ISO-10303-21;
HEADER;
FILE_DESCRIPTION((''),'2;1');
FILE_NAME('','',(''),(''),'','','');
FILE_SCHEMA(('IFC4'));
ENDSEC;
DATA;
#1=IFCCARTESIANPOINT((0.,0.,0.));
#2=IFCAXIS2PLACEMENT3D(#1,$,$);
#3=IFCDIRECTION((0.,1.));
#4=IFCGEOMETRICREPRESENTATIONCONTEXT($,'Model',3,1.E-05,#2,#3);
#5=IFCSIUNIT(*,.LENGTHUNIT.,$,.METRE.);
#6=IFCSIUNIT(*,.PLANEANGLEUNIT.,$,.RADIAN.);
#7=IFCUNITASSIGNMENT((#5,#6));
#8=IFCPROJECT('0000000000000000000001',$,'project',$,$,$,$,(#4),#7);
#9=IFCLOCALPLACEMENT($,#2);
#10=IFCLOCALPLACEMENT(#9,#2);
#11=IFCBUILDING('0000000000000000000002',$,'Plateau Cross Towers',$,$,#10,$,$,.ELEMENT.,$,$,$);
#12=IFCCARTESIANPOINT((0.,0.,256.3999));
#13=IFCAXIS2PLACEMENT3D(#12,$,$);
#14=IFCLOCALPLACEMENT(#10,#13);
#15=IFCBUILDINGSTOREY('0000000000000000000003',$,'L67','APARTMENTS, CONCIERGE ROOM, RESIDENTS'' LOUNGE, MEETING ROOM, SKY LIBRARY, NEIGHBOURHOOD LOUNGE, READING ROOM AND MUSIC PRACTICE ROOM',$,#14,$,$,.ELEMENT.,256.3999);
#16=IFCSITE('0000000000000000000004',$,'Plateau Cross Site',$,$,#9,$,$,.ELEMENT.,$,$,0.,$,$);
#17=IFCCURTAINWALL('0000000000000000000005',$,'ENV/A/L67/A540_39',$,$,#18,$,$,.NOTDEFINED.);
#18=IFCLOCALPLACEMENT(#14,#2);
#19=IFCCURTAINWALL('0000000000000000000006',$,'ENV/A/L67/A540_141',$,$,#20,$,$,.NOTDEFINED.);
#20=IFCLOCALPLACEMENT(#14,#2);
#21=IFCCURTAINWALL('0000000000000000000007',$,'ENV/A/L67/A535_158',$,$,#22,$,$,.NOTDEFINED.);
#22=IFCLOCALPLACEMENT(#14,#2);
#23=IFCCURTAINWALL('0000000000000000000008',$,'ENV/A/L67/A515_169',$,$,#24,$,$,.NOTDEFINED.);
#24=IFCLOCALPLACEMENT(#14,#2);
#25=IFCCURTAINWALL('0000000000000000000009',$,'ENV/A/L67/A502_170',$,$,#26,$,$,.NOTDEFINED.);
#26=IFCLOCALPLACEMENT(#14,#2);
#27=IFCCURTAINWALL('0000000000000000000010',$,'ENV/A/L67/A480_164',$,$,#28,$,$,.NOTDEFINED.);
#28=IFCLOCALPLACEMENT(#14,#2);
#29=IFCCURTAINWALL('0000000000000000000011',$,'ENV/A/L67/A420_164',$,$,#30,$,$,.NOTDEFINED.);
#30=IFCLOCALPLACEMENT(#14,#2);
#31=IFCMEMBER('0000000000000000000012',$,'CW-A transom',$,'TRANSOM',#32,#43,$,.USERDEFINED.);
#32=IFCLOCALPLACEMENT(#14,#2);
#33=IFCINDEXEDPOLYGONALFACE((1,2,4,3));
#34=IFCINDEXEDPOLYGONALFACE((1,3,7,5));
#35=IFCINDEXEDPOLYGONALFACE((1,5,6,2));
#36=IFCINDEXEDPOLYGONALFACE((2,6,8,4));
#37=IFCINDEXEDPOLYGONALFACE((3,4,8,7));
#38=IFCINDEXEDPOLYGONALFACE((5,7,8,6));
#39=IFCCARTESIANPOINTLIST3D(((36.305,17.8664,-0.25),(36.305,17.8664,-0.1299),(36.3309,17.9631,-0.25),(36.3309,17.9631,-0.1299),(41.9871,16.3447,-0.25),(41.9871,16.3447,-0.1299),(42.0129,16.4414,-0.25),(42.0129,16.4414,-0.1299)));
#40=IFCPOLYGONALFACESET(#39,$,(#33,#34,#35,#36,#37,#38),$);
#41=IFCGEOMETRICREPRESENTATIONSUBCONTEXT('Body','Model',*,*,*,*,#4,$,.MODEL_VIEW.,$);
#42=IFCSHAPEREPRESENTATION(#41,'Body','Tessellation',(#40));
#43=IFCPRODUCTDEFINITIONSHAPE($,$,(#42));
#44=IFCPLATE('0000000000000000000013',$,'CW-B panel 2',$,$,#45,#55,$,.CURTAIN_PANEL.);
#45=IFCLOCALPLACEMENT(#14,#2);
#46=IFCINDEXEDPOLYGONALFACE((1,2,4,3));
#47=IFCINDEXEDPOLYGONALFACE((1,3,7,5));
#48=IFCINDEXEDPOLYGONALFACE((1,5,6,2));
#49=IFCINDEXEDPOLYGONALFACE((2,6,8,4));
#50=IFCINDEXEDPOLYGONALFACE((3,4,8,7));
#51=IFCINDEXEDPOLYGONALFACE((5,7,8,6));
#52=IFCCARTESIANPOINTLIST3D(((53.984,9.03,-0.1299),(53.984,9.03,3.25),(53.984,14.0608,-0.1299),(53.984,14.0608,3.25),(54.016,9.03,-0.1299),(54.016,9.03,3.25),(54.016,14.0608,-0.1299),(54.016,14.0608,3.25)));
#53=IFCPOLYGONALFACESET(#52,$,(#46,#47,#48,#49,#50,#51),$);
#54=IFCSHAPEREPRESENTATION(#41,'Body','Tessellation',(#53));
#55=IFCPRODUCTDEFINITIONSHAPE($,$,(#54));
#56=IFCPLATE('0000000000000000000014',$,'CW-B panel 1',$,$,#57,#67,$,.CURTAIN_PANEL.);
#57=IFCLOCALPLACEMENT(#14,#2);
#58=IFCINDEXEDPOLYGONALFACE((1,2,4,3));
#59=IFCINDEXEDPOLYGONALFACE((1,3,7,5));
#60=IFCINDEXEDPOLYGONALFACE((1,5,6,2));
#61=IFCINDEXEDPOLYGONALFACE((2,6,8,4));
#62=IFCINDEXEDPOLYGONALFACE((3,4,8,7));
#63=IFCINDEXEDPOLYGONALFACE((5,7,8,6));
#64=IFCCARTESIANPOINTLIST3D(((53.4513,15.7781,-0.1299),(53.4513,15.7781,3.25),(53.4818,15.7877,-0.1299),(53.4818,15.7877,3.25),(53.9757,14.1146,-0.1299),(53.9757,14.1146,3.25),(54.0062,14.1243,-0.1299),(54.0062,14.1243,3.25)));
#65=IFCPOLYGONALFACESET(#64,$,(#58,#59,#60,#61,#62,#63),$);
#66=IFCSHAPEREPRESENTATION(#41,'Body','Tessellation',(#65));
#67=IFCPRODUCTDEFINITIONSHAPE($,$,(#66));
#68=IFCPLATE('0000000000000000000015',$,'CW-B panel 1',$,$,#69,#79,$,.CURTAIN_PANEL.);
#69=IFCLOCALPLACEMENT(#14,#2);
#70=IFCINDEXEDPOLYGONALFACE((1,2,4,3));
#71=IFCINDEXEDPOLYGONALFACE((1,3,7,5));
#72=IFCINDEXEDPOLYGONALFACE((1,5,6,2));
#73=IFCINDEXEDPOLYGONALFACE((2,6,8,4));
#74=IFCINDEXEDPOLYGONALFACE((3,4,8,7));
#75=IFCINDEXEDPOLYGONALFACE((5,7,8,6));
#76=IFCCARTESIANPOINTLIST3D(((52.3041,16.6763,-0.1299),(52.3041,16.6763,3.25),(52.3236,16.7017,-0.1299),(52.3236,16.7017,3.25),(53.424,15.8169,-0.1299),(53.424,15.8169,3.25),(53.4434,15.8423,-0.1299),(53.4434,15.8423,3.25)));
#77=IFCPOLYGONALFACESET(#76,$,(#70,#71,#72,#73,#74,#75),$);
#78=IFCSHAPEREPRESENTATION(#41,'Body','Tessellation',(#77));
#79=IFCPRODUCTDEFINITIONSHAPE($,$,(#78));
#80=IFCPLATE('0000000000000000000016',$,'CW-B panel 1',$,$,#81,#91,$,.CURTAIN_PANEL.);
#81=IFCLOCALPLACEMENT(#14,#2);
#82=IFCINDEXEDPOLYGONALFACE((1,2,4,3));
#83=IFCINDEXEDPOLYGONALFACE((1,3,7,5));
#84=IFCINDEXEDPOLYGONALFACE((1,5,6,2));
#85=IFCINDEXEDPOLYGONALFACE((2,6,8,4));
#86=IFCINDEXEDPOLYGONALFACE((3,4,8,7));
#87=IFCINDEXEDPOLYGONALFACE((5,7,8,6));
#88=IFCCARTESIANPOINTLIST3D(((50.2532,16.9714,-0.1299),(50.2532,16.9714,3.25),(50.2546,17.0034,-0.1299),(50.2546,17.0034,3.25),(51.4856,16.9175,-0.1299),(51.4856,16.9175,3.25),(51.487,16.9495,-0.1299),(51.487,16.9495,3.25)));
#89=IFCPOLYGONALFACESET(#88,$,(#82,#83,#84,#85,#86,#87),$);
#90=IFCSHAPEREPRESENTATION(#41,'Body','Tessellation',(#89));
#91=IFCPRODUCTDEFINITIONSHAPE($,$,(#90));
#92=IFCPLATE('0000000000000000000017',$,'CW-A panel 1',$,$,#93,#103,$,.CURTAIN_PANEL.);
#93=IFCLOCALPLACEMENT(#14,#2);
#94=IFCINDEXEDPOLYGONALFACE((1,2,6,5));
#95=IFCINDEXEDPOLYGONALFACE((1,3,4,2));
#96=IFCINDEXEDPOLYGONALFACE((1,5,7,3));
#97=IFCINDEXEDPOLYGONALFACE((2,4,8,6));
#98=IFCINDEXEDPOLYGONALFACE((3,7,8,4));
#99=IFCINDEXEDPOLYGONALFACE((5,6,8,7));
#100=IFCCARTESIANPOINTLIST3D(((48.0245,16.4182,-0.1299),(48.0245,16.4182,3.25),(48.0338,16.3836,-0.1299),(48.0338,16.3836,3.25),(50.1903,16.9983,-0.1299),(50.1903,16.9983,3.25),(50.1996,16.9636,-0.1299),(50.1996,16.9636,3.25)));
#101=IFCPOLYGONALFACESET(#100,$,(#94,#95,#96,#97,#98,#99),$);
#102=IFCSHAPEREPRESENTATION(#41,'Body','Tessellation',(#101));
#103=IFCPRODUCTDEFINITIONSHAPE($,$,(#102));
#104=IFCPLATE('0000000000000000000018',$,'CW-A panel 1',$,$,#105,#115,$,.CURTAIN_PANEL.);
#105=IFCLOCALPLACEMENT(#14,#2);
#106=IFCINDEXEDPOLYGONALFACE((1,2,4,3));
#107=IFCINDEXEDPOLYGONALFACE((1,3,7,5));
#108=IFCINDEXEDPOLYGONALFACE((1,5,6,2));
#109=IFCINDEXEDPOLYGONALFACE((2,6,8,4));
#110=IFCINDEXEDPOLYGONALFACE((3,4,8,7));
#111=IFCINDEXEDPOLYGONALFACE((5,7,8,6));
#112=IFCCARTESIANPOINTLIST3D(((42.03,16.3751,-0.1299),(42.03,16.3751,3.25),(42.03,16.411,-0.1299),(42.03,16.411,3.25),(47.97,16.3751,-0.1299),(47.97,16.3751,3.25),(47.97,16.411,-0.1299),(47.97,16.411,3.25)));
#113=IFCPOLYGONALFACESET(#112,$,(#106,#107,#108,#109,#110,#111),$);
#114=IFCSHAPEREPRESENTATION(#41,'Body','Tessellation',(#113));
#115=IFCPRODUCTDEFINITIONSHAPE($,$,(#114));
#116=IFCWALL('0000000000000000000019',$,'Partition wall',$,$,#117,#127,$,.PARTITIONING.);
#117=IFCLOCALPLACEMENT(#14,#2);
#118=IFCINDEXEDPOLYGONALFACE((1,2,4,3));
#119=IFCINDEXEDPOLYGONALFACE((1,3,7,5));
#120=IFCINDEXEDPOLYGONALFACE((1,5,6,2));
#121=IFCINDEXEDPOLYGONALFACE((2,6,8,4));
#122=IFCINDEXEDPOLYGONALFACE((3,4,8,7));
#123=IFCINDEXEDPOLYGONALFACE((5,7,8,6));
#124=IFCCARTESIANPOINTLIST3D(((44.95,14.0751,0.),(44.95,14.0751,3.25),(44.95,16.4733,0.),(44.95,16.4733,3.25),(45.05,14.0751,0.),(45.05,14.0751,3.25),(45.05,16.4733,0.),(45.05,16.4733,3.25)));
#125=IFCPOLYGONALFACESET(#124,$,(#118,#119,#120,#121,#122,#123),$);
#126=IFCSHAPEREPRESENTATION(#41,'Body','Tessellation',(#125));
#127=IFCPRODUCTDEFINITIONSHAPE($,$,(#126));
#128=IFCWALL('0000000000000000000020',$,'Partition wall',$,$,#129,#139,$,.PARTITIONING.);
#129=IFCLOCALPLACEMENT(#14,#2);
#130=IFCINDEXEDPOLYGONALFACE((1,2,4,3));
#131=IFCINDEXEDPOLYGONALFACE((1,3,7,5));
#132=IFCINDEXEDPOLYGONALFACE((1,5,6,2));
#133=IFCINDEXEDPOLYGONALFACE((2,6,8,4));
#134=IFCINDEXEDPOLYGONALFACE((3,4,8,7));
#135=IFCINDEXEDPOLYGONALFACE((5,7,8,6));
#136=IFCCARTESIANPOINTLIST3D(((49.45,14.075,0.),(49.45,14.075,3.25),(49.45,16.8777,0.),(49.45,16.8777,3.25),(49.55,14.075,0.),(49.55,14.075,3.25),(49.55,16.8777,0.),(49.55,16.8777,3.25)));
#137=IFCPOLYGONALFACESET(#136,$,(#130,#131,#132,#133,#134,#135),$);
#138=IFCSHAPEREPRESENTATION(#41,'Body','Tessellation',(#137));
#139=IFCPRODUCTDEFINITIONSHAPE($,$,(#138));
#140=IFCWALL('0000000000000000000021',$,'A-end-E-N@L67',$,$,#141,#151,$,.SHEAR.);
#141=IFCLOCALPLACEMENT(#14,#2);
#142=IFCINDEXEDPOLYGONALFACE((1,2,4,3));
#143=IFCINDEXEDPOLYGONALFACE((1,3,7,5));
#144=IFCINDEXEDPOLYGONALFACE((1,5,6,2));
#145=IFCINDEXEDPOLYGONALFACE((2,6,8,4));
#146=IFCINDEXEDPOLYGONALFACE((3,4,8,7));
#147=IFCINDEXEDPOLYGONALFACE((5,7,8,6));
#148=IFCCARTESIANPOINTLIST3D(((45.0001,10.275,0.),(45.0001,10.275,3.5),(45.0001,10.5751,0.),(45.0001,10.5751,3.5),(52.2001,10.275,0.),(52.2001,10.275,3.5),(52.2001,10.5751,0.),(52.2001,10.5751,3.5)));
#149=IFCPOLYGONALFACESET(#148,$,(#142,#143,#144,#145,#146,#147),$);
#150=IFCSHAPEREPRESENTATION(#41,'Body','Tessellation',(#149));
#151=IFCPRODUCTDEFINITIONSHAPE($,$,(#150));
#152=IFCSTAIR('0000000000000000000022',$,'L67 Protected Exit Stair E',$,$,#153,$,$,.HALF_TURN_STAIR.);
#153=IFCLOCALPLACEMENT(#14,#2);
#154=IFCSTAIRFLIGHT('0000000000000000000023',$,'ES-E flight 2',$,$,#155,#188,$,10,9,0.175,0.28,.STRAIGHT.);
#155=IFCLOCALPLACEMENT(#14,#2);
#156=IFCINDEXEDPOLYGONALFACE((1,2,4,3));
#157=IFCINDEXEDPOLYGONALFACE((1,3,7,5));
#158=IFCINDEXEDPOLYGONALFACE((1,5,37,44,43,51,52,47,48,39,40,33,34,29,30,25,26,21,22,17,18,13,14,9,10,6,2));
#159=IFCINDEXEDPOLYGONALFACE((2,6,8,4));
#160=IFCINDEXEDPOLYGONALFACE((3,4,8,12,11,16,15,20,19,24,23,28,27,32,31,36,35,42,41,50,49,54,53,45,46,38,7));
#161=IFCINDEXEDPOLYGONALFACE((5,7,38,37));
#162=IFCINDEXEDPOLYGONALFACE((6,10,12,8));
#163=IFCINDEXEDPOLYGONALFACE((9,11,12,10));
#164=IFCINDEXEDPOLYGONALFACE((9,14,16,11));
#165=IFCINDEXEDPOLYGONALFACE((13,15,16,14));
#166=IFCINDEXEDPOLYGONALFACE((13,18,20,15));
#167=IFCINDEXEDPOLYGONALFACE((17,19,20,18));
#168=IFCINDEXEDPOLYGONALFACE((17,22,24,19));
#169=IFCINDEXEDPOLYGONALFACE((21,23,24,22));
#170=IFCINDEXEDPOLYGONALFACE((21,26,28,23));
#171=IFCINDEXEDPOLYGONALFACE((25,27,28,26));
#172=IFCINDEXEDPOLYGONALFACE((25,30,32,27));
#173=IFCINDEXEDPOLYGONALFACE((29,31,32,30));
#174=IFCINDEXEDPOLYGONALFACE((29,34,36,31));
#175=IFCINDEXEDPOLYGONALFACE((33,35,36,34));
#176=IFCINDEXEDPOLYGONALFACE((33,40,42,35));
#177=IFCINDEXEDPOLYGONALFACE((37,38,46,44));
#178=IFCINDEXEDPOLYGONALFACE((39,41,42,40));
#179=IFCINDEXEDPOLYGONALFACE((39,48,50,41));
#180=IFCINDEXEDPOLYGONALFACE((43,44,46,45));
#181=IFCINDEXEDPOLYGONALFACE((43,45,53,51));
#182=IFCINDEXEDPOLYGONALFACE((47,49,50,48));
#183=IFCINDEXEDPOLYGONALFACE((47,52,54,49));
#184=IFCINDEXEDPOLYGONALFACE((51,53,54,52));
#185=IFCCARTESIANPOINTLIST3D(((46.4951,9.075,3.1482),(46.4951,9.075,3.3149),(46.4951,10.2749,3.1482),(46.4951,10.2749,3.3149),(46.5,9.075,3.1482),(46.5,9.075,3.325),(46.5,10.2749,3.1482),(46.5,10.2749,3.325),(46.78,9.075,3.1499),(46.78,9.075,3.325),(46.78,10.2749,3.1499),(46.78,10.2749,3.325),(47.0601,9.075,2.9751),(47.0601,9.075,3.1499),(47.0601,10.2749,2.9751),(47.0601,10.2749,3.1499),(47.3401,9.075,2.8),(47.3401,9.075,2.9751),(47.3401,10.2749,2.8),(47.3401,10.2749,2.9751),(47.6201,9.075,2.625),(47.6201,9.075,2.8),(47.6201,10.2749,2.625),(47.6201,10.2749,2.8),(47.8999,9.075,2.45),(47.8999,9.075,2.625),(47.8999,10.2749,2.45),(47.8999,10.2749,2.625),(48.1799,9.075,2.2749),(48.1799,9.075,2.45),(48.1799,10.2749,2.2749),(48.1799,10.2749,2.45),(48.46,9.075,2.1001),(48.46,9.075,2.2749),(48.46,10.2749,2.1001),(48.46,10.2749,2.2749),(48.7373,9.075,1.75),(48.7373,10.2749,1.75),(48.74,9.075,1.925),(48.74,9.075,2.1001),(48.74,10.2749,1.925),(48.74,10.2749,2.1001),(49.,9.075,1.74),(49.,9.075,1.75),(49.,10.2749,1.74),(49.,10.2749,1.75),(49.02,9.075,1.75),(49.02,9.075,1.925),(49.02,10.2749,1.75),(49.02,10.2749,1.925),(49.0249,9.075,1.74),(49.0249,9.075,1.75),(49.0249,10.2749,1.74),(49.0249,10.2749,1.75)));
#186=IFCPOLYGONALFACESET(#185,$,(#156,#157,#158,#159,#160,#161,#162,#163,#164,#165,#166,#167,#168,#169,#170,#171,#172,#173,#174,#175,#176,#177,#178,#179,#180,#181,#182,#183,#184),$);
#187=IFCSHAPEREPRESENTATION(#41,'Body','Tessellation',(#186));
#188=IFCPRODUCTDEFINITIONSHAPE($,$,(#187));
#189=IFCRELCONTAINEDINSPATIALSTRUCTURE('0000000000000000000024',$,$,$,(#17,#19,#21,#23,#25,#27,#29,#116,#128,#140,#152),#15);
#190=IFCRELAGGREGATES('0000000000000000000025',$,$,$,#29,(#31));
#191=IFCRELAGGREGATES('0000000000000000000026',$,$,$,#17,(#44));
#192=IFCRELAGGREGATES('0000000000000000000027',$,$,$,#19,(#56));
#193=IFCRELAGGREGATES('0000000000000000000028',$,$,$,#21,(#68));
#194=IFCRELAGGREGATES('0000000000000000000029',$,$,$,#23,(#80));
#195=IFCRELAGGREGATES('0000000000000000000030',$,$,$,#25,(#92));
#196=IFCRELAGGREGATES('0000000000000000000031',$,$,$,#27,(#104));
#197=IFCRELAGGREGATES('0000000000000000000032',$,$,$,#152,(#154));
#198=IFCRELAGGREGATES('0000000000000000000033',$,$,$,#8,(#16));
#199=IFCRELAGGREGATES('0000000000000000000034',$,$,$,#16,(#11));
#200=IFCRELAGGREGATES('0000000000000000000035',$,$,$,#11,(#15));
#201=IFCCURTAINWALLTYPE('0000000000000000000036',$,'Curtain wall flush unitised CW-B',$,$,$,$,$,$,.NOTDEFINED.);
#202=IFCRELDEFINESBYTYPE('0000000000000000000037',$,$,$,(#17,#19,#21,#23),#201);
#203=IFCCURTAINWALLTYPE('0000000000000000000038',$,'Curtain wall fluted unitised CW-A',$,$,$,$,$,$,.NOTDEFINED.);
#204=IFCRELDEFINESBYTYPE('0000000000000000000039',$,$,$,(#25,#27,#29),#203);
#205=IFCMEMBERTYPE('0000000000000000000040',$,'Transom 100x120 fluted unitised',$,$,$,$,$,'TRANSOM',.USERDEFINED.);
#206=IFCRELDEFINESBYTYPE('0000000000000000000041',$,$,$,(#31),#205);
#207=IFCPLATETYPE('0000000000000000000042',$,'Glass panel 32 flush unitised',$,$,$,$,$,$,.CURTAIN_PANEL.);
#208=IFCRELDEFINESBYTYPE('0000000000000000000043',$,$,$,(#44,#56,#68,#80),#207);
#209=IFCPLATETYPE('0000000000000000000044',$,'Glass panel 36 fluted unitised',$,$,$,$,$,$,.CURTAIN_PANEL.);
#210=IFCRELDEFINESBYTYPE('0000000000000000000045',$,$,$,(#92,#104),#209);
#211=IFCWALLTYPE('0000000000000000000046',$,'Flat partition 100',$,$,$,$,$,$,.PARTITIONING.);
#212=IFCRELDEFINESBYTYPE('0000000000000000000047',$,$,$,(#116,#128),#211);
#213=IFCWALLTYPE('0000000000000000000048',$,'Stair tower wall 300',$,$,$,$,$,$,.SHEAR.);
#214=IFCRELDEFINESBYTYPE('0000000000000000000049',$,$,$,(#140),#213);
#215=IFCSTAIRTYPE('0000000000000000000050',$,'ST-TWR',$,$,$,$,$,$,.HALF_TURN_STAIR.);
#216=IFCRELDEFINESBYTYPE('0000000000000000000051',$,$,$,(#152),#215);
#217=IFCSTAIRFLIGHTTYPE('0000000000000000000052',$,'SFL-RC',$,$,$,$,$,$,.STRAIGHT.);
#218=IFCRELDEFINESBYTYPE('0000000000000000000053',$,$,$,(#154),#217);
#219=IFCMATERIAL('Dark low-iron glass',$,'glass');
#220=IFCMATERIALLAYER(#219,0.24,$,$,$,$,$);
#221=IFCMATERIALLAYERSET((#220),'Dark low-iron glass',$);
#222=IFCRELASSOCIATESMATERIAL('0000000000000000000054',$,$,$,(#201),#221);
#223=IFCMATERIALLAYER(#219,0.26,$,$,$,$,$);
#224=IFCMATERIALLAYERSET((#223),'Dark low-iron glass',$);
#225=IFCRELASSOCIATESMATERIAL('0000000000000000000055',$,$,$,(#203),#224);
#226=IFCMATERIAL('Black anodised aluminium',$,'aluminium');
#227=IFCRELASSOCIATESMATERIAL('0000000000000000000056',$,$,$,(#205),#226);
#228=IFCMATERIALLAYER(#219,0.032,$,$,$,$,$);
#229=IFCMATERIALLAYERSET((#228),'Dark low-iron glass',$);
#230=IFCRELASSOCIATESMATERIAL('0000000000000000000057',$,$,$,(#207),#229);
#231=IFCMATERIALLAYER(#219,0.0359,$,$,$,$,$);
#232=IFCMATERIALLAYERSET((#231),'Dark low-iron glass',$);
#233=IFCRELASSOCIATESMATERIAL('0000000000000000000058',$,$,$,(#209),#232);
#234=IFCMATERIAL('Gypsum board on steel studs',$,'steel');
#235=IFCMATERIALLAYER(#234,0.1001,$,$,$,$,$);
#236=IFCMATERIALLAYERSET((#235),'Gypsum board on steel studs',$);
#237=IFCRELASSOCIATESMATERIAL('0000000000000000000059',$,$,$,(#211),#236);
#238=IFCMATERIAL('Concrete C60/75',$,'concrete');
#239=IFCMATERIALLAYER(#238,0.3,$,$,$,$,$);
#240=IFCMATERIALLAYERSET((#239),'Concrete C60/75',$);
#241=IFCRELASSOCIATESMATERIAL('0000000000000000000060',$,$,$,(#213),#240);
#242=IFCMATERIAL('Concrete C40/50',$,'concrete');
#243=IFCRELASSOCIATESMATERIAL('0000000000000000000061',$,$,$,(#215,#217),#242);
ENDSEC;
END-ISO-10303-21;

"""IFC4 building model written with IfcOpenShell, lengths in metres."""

from ifc_helpers import new_model, si_unit, direction, frame, frame_2d, origin, origin_2d, place, context, subcontext, project, spatial, polyline, rectangle, outline, extrude, material, layer, layer_set, material_profile, profile_set, type_object, element, aggregate, save


model = new_model("IFC4")

# Units and contexts
model_context = context("Model", 3, precision=1e-05, world=origin(), true_north=direction((0.0, 1.0)))
body_context = subcontext(model_context, "Body", "Model", "MODEL_VIEW")
ifc_project = project(units=[si_unit("LENGTHUNIT", "METRE"), si_unit("PLANEANGLEUNIT", "RADIAN")], contexts=[model_context])

# Site, building, storey
site_placement = place(None, origin())
site = spatial("IfcSite", under=ifc_project, at=site_placement, Name="Plateau Cross Site", CompositionType="ELEMENT", RefElevation=0.0)
building_placement = place(site_placement, origin())
building = spatial("IfcBuilding", under=site, at=building_placement, Name="Plateau Cross Towers", CompositionType="ELEMENT")
storey_placement = place(building_placement, frame((0.0, 0.0, 256.3999)))
storey = spatial("IfcBuildingStorey", under=building, at=storey_placement, Name="L67", Description="APARTMENTS, CONCIERGE ROOM, RESIDENTS' LOUNGE, MEETING ROOM, SKY LIBRARY, NEIGHBOURHOOD LOUNGE, READING ROOM AND MUSIC PRACTICE ROOM", CompositionType="ELEMENT", Elevation=256.3999)

# Shared definitions
ifc_material_1 = material(Name="Concrete C60/75", Category="concrete")

# Curtain walls
ifc_material_2 = material(Name="Dark low-iron glass", Category="glass")
ifc_layer_1 = layer(ifc_material_2, 0.24)
ifc_layer_set_1 = layer_set([ifc_layer_1], Name="Dark low-iron glass")
curtain_wall_type_1 = type_object("IfcCurtainWallType", Name="Curtain wall flush unitised CW-B", PredefinedType="NOTDEFINED", material=ifc_layer_set_1)
curtain_wall_1_placement = place(storey_placement, origin())
curtain_wall_1 = element("IfcCurtainWall", 1, at=curtain_wall_1_placement, inside=storey, type_object=curtain_wall_type_1, Name="ENV/A/L67/A540_39", PredefinedType="NOTDEFINED")
ifc_material_3 = material(Name="Black anodised aluminium", Category="aluminium")
curtain_wall_2_placement = place(storey_placement, origin())
curtain_wall_2 = element("IfcCurtainWall", 2, at=curtain_wall_2_placement, inside=storey, type_object=curtain_wall_type_1, Name="ENV/A/L67/A540_141", PredefinedType="NOTDEFINED")

# Curtain wall
curtain_wall_3_placement = place(storey_placement, origin())
curtain_wall_3 = element("IfcCurtainWall", 3, at=curtain_wall_3_placement, inside=storey, type_object=curtain_wall_type_1, Name="ENV/A/L67/A535_158", PredefinedType="NOTDEFINED")

# Curtain walls
curtain_wall_4_placement = place(storey_placement, origin())
curtain_wall_4 = element("IfcCurtainWall", 4, at=curtain_wall_4_placement, inside=storey, type_object=curtain_wall_type_1, Name="ENV/A/L67/A515_169", PredefinedType="NOTDEFINED")
ifc_layer_2 = layer(ifc_material_2, 0.26)
ifc_layer_set_2 = layer_set([ifc_layer_2], Name="Dark low-iron glass")
curtain_wall_type_2 = type_object("IfcCurtainWallType", Name="Curtain wall fluted unitised CW-A", PredefinedType="NOTDEFINED", material=ifc_layer_set_2)
curtain_wall_5_placement = place(storey_placement, origin())
curtain_wall_5 = element("IfcCurtainWall", 5, at=curtain_wall_5_placement, inside=storey, type_object=curtain_wall_type_2, Name="ENV/A/L67/A502_170", PredefinedType="NOTDEFINED")
curtain_wall_6_placement = place(storey_placement, origin())
curtain_wall_6 = element("IfcCurtainWall", 6, at=curtain_wall_6_placement, inside=storey, type_object=curtain_wall_type_2, Name="ENV/A/L67/A480_164", PredefinedType="NOTDEFINED")
curtain_wall_7_placement = place(storey_placement, origin())
curtain_wall_7 = element("IfcCurtainWall", 7, at=curtain_wall_7_placement, inside=storey, type_object=curtain_wall_type_2, Name="ENV/A/L67/A420_164", PredefinedType="NOTDEFINED")

# Member
ifc_material_profile_1 = material_profile(ifc_material_3, rectangle(XDim=0.1001, YDim=0.1201, at=origin_2d()), Name="TRANSOM 100x120")
ifc_profile_set_1 = profile_set([ifc_material_profile_1], Name="Black anodised aluminium")
member_type_1 = type_object("IfcMemberType", Name="Transom 100x120 fluted unitised", ElementType="TRANSOM", PredefinedType="USERDEFINED", material=ifc_profile_set_1)
member_1_placement = place(storey_placement, frame((42.0, 16.3931, -0.1899), z_axis=(-0.96596, 0.258693, 0.0), x_axis=(-0.258693, -0.96596, 0.0)))
member_1 = element("IfcMember", 8, at=member_1_placement, type_object=member_type_1, Name="CW-A transom", ObjectType="TRANSOM", PredefinedType="USERDEFINED", context=body_context, shape_type="SweptSolid", body=[
    extrude(rectangle(XDim=0.1001, YDim=0.1201, at=origin_2d()), origin(), (0.0, 0.0, 1.0), 5.8823),
])
aggregate(curtain_wall_7, [member_1])

# Plates
ifc_layer_3 = layer(ifc_material_2, 0.032)
ifc_layer_set_3 = layer_set([ifc_layer_3], Name="Dark low-iron glass")
plate_type_1 = type_object("IfcPlateType", Name="Glass panel 32 flush unitised", PredefinedType="CURTAIN_PANEL", material=ifc_layer_set_3)
plate_1_placement = place(storey_placement, frame((54.0, 11.5454, -0.1299), z_axis=(0.0, 0.0, 1.0), x_axis=(0.0, 1.0, 0.0)))
plate_1 = element("IfcPlate", 9, at=plate_1_placement, type_object=plate_type_1, Name="CW-B panel 2", PredefinedType="CURTAIN_PANEL", context=body_context, shape_type="SweptSolid", body=[
    extrude(rectangle(XDim=5.0308, YDim=0.032, at=origin_2d()), origin(), (0.0, 0.0, 1.0), 3.3799),
])
aggregate(curtain_wall_1, [plate_1])
plate_2_placement = place(storey_placement, frame((53.7288, 14.9512, -0.1299), z_axis=(0.0, 0.0, 1.0), x_axis=(-0.300686, 0.953723, 0.0)))
plate_2 = element("IfcPlate", 10, at=plate_2_placement, type_object=plate_type_1, Name="CW-B panel 1", PredefinedType="CURTAIN_PANEL", context=body_context, shape_type="SweptSolid", body=[
    extrude(rectangle(XDim=1.7441, YDim=0.032, at=origin_2d()), origin(), (0.0, 0.0, 1.0), 3.3799),
])
aggregate(curtain_wall_2, [plate_2])
plate_3_placement = place(storey_placement, frame((52.8738, 16.2593, -0.1299), z_axis=(0.0, 0.0, 1.0), x_axis=(-0.793316, 0.608811, 0.0)))
plate_3 = element("IfcPlate", 11, at=plate_3_placement, type_object=plate_type_1, Name="CW-B panel 1", PredefinedType="CURTAIN_PANEL", context=body_context, shape_type="SweptSolid", body=[
    extrude(rectangle(XDim=1.4116, YDim=0.032, at=origin_2d()), origin(), (0.0, 0.0, 1.0), 3.3799),
])
aggregate(curtain_wall_3, [plate_3])
plate_4_placement = place(storey_placement, frame((50.8701, 16.9604, -0.1299), z_axis=(0.0, 0.0, 1.0), x_axis=(-0.999044, 0.043723, 0.0)))
plate_4 = element("IfcPlate", 12, at=plate_4_placement, type_object=plate_type_1, Name="CW-B panel 1", PredefinedType="CURTAIN_PANEL", context=body_context, shape_type="SweptSolid", body=[
    extrude(rectangle(XDim=1.2336, YDim=0.032, at=origin_2d()), origin(), (0.0, 0.0, 1.0), 3.3799),
])
aggregate(curtain_wall_4, [plate_4])
ifc_layer_4 = layer(ifc_material_2, 0.0359)
ifc_layer_set_4 = layer_set([ifc_layer_4], Name="Dark low-iron glass")
plate_type_2 = type_object("IfcPlateType", Name="Glass panel 36 fluted unitised", PredefinedType="CURTAIN_PANEL", material=ifc_layer_set_4)
plate_5_placement = place(storey_placement, frame((49.1121, 16.6909, -0.1299), z_axis=(0.0, 0.0, 1.0), x_axis=(-0.965958, -0.258699, 0.0)))
plate_5 = element("IfcPlate", 13, at=plate_5_placement, type_object=plate_type_2, Name="CW-A panel 1", PredefinedType="CURTAIN_PANEL", context=body_context, shape_type="SweptSolid", body=[
    extrude(rectangle(XDim=2.2422, YDim=0.0359, at=origin_2d()), origin(), (0.0, 0.0, 1.0), 3.3799),
])
aggregate(curtain_wall_5, [plate_5])
plate_6_placement = place(storey_placement, frame((45.0, 16.3931, -0.1299), z_axis=(0.0, 0.0, 1.0), x_axis=(-1.0, 0.0, 0.0)))
plate_6 = element("IfcPlate", 14, at=plate_6_placement, type_object=plate_type_2, Name="CW-A panel 1", PredefinedType="CURTAIN_PANEL", context=body_context, shape_type="SweptSolid", body=[
    extrude(rectangle(XDim=5.9399, YDim=0.0359, at=origin_2d()), origin(), (0.0, 0.0, 1.0), 3.3799),
])
aggregate(curtain_wall_6, [plate_6])

# Walls
ifc_material_4 = material(Name="Gypsum board on steel studs", Category="steel")
ifc_layer_5 = layer(ifc_material_4, 0.1001)
ifc_layer_set_5 = layer_set([ifc_layer_5], Name="Gypsum board on steel studs")
wall_type_1 = type_object("IfcWallType", Name="Flat partition 100", PredefinedType="PARTITIONING", material=ifc_layer_set_5)
wall_1_placement = place(storey_placement, frame((45.0, 14.075, 0.0), z_axis=(0.0, 0.0, 1.0), x_axis=(0.0, 1.0, 0.0)))
element("IfcWall", 15, at=wall_1_placement, inside=storey, type_object=wall_type_1, Name="Partition wall", PredefinedType="PARTITIONING", context=body_context, shape_type="SweptSolid", body=[
    extrude(rectangle(XDim=2.3982, YDim=0.1001, at=frame_2d((1.1992, 0.0))), origin(), (0.0, 0.0, 1.0), 3.25),
])
wall_2_placement = place(storey_placement, frame((49.5, 14.075, 0.0), z_axis=(0.0, 0.0, 1.0), x_axis=(0.0, 1.0, 0.0)))
element("IfcWall", 16, at=wall_2_placement, inside=storey, type_object=wall_type_1, Name="Partition wall", PredefinedType="PARTITIONING", context=body_context, shape_type="SweptSolid", body=[
    extrude(rectangle(XDim=2.8027, YDim=0.1001, at=frame_2d((1.4014, 0.0))), origin(), (0.0, 0.0, 1.0), 3.25),
])
ifc_layer_6 = layer(ifc_material_1, 0.3)
ifc_layer_set_6 = layer_set([ifc_layer_6], Name="Concrete C60/75")
wall_type_2 = type_object("IfcWallType", Name="Stair tower wall 300", PredefinedType="SHEAR", material=ifc_layer_set_6)
wall_3_placement = place(storey_placement, frame((45.0, 10.425, 0.0), z_axis=(0.0, 0.0, 1.0), x_axis=(1.0, 0.0, 0.0)))
element("IfcWall", 17, at=wall_3_placement, inside=storey, type_object=wall_type_2, Name="A-end-E-N@L67", PredefinedType="SHEAR", context=body_context, shape_type="SweptSolid", body=[
    extrude(rectangle(XDim=7.2, YDim=0.3, at=frame_2d((3.6001, 0.0))), origin(), (0.0, 0.0, 1.0), 3.5),
])

# Stair, stair flight
ifc_material_5 = material(Name="Concrete C40/50", Category="concrete")
stair_type = type_object("IfcStairType", Name="ST-TWR", PredefinedType="HALF_TURN_STAIR", material=ifc_material_5)
stair_placement = place(storey_placement, origin())
stair = element("IfcStair", 18, at=stair_placement, inside=storey, type_object=stair_type, Name="L67 Protected Exit Stair E", PredefinedType="HALF_TURN_STAIR")
stair_flight_type = type_object("IfcStairFlightType", Name="SFL-RC", PredefinedType="STRAIGHT", material=ifc_material_5)
stair_flight_placement = place(storey_placement, frame((49.02, 9.675, 1.75), z_axis=(0.0, 0.0, 1.0), x_axis=(-1.0, 0.0, 0.0)))
stair_flight = element("IfcStairFlight", 19, at=stair_flight_placement, type_object=stair_flight_type, Name="ES-E flight 2", NumberOfRisers=10, NumberOfTreads=9, PredefinedType="STRAIGHT", RiserHeight=0.175, TreadLength=0.28, context=body_context, shape_type="SweptSolid", body=[
    extrude(outline(polyline([(-0.0049, -0.01), (-0.0049, 0.0), (0.0, 0.0), (0.0, 0.175), (0.28, 0.175), (0.28, 0.3501), (0.5601, 0.3501), (0.5601, 0.5249), (0.8401, 0.5249), (0.8401, 0.7), (1.1201, 0.7), (1.1201, 0.875), (1.3999, 0.875), (1.3999, 1.05), (1.6799, 1.05), (1.6799, 1.2251), (1.96, 1.2251), (1.96, 1.3999), (2.24, 1.3999), (2.24, 1.575), (2.52, 1.575), (2.5249, 1.5649), (2.5249, 1.3982), (2.52, 1.3982), (0.2827, 0.0), (0.02, 0.0), (0.02, -0.01), (-0.0049, -0.01)])), frame((0.0, 0.6001, 0.0), z_axis=(0.0, -1.0, 0.0), x_axis=(1.0, 0.0, 0.0)), (0.0, 0.0, 1.0), 1.2),
])
aggregate(stair, [stair_flight])

save(model, "model.ifc")
